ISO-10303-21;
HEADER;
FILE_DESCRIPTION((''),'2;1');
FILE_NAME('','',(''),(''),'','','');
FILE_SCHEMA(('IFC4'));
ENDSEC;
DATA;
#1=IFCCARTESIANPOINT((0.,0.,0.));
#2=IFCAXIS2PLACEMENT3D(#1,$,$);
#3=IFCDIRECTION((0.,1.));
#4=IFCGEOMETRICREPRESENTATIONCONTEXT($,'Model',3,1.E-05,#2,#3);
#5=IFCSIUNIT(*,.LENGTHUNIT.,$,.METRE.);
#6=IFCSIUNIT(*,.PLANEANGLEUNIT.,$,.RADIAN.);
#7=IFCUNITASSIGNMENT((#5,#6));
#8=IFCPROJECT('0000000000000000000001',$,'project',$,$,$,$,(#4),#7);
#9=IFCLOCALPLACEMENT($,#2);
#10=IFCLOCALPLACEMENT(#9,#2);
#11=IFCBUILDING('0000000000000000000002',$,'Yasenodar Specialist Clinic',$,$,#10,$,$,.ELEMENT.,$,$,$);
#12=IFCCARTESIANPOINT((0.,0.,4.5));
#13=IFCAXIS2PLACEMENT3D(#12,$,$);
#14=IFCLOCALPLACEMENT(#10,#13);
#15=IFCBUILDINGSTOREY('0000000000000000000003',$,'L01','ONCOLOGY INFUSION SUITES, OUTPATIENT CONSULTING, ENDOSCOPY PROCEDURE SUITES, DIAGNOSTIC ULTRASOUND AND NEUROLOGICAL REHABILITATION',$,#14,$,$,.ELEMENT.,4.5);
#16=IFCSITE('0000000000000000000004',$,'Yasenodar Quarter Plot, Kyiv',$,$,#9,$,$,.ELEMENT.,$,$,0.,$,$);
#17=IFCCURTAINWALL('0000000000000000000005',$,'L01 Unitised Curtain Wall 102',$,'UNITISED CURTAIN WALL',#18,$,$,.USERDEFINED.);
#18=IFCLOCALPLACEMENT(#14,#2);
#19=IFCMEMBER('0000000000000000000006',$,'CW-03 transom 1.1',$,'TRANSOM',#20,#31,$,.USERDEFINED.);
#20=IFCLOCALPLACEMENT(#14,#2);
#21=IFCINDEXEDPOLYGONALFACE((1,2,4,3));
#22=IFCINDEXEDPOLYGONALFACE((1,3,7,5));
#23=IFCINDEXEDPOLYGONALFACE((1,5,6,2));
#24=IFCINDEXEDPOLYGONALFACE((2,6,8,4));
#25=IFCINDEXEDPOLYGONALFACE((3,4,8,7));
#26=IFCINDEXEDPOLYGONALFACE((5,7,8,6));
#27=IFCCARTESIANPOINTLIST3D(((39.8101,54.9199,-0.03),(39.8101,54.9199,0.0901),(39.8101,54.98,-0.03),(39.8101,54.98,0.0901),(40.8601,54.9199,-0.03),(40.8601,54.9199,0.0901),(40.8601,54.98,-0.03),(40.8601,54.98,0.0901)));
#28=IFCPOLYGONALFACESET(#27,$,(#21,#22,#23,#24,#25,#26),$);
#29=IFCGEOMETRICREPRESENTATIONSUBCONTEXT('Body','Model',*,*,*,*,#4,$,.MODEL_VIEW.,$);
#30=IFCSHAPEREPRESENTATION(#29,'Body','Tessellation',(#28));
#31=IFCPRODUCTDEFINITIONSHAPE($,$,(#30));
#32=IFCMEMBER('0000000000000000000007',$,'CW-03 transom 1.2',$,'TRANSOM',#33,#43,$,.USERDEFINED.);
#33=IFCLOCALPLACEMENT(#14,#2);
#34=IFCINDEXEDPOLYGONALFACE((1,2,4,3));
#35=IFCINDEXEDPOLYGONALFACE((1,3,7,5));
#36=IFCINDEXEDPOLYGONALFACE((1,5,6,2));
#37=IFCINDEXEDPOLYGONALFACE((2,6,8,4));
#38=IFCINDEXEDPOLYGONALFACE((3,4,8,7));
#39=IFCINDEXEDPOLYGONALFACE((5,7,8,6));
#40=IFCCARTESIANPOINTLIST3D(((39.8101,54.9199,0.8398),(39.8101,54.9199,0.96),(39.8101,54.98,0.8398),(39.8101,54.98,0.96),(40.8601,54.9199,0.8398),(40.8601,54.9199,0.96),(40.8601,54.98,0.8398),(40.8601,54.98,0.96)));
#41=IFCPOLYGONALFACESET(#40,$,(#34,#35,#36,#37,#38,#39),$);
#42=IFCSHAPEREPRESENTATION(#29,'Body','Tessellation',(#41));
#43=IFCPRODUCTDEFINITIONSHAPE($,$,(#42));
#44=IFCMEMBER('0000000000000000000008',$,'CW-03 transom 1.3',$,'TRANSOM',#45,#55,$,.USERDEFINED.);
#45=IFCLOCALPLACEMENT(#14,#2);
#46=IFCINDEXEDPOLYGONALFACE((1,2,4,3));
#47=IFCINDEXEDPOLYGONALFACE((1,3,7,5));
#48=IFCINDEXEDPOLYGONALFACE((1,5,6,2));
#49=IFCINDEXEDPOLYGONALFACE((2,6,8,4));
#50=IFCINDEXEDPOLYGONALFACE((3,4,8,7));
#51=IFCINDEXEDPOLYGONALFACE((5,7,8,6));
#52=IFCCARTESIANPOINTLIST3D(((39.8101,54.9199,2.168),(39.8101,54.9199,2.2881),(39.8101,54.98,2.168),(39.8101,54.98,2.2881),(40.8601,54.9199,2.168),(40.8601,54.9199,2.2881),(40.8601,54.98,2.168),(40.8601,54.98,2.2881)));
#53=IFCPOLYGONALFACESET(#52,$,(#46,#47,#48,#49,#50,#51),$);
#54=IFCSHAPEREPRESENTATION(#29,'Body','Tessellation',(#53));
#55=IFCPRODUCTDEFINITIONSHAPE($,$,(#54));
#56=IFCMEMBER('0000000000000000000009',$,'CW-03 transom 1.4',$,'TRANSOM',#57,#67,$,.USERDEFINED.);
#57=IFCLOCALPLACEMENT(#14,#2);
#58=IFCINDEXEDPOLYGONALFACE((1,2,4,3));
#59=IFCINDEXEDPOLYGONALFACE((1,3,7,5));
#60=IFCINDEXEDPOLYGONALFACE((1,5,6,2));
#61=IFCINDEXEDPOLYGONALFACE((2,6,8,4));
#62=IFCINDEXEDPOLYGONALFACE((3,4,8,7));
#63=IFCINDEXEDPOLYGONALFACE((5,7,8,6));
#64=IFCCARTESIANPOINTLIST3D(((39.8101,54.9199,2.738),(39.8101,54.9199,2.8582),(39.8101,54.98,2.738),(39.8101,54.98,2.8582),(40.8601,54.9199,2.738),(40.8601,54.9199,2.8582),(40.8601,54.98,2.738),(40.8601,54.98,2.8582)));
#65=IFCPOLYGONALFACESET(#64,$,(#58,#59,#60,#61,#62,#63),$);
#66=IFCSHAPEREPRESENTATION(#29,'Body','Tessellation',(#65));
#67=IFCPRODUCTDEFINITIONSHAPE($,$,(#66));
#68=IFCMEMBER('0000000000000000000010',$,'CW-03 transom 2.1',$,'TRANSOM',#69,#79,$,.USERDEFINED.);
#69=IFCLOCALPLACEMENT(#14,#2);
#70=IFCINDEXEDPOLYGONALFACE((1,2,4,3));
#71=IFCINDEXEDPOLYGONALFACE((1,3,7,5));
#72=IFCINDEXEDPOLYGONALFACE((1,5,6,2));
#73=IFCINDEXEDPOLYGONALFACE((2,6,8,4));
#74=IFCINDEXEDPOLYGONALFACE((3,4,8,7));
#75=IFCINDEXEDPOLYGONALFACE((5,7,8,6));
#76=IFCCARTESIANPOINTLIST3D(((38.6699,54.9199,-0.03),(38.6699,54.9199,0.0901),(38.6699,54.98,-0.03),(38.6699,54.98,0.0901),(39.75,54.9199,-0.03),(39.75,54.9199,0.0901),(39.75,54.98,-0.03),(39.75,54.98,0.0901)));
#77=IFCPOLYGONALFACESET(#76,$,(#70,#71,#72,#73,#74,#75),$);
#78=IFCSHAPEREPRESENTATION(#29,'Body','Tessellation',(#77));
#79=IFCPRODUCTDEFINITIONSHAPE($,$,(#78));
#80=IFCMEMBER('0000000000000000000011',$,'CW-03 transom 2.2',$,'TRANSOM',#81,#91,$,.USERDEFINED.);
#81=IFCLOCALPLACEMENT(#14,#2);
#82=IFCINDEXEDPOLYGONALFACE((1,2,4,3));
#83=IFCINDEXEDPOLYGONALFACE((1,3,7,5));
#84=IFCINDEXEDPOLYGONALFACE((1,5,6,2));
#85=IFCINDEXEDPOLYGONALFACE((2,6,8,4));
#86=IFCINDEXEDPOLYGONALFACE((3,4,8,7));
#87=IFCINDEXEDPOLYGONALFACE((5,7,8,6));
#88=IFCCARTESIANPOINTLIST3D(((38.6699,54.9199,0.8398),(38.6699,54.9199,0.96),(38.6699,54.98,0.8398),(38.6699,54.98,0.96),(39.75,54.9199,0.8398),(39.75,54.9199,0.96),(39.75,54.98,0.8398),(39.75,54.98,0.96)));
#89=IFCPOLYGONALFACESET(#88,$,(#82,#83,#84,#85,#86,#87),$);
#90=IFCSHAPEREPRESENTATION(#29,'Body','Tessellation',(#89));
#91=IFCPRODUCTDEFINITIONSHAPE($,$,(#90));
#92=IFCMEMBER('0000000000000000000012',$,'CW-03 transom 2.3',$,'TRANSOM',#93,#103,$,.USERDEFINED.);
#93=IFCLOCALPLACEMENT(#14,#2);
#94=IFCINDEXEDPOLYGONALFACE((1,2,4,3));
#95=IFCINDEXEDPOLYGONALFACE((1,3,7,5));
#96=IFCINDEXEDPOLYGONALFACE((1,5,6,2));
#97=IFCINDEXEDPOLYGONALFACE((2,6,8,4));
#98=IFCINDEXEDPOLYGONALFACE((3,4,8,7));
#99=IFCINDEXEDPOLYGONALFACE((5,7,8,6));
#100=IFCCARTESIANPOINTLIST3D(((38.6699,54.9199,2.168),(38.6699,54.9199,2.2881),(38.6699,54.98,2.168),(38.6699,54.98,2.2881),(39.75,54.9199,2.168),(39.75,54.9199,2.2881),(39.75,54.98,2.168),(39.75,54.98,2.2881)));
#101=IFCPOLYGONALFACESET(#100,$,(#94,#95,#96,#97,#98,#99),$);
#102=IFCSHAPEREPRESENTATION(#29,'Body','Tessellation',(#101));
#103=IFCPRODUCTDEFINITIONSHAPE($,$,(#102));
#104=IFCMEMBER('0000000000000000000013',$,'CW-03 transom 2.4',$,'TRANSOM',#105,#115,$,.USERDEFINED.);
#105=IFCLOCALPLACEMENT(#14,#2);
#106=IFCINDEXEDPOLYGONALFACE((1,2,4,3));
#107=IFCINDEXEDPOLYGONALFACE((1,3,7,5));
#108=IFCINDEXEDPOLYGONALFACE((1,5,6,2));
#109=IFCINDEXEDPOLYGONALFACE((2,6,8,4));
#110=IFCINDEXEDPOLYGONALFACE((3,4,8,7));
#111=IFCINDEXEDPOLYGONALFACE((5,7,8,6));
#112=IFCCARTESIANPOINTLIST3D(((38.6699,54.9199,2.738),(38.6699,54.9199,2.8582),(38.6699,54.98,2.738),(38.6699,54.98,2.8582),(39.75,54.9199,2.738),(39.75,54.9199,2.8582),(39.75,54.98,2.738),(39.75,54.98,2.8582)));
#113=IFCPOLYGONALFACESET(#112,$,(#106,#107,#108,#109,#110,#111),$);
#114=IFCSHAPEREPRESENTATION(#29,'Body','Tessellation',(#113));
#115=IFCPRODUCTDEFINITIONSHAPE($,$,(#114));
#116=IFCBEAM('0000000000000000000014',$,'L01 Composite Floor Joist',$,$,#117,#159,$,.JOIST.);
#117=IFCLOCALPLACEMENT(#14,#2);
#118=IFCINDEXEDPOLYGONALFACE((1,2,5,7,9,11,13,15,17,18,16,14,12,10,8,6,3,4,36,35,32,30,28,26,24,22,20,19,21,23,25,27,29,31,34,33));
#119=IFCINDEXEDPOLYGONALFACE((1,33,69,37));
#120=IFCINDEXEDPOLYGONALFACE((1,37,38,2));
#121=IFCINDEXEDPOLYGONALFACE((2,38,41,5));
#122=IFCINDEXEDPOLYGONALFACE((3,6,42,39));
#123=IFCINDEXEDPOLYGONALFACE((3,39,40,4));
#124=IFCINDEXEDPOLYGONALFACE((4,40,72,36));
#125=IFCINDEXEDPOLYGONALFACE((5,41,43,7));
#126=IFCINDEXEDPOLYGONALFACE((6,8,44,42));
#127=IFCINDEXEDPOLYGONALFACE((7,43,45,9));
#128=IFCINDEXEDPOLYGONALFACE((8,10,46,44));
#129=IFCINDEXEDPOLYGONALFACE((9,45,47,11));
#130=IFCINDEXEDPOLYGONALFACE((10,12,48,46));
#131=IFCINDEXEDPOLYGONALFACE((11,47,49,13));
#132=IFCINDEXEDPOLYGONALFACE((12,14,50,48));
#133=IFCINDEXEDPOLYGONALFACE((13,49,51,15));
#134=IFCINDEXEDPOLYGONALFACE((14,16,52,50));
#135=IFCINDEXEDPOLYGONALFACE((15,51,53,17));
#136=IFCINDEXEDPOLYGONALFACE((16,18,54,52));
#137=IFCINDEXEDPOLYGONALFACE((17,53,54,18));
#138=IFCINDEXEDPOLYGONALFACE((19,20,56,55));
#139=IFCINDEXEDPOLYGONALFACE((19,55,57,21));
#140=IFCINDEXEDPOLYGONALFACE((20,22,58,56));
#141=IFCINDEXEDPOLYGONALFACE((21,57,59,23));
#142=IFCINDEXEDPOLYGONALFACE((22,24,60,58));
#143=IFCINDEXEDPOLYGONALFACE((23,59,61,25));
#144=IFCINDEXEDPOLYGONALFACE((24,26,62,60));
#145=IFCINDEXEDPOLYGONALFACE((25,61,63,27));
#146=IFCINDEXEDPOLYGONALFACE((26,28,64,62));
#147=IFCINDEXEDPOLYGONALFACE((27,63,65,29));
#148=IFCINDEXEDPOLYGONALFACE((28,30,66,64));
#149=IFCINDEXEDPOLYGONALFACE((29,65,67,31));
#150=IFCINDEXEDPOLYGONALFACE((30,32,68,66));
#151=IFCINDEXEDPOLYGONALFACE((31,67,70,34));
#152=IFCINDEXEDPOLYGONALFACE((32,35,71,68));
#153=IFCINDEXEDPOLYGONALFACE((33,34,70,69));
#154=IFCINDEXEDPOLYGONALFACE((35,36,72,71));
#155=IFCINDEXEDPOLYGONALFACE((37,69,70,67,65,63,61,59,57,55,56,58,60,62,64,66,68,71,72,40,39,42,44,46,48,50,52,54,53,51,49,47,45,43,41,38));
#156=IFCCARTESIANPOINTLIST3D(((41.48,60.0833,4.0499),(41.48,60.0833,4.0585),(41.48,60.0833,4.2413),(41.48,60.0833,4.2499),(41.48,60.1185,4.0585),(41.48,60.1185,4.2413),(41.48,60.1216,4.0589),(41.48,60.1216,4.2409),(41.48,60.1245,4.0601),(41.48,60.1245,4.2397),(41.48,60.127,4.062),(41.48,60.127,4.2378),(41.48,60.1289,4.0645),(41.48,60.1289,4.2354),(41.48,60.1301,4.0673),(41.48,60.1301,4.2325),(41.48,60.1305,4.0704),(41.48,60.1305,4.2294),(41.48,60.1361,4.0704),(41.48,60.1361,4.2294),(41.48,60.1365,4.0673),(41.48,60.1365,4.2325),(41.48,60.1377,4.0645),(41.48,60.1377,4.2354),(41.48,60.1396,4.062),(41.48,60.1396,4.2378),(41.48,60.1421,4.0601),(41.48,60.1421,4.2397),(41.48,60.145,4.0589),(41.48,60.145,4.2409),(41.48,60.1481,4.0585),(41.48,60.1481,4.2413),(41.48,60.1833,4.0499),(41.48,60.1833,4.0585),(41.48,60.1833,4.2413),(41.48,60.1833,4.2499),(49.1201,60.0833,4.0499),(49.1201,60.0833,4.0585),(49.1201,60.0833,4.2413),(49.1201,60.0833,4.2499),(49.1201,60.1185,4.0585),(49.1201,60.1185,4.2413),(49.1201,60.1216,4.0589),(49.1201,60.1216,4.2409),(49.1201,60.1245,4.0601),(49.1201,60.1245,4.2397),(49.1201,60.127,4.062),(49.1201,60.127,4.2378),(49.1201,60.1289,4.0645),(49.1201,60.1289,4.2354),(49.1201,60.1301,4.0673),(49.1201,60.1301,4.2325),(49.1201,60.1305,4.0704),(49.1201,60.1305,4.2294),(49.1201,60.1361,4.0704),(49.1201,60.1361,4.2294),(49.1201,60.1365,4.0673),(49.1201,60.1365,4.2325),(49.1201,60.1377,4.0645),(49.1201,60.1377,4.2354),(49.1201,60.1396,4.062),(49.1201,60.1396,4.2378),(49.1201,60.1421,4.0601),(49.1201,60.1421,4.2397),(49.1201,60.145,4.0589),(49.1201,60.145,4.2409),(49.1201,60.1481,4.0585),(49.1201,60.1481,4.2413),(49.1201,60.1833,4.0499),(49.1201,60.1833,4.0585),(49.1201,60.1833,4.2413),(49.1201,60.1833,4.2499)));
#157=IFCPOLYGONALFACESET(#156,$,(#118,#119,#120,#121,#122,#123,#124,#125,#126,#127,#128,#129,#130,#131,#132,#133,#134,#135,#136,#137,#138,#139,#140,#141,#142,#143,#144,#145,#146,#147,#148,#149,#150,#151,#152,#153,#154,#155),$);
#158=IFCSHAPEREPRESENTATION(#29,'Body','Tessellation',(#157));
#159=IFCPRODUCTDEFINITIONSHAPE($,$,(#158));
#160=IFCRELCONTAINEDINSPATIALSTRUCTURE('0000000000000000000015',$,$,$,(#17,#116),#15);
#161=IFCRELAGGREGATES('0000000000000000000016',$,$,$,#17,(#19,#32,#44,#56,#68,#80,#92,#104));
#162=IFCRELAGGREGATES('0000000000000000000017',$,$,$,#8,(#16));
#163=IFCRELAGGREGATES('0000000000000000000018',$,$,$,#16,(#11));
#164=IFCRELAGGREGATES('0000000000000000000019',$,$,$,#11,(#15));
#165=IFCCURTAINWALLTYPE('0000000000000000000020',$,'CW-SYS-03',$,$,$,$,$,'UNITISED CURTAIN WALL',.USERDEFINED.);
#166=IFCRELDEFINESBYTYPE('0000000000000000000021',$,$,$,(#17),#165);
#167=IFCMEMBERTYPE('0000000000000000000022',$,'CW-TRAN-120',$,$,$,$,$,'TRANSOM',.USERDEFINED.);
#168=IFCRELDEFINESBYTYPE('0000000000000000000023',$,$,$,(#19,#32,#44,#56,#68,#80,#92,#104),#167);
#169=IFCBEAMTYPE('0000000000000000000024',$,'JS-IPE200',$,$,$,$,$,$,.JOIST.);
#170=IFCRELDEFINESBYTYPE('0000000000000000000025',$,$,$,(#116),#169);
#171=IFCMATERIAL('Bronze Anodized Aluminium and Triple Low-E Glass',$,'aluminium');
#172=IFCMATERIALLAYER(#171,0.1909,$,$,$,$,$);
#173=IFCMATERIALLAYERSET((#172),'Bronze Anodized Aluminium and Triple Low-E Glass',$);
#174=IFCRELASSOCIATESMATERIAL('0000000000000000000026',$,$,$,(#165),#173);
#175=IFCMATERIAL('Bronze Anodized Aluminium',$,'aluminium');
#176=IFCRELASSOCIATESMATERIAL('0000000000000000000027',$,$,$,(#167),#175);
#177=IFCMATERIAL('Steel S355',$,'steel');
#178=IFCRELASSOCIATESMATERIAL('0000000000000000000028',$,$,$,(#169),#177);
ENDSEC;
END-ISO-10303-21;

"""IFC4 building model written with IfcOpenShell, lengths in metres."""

from ifc_helpers import new_model, si_unit, direction, frame, origin, origin_2d, place, context, subcontext, project, spatial, rectangle, i_section, extrude, material, layer, layer_set, material_profile, profile_set, type_object, element, aggregate, save


model = new_model("IFC4")

# Units and contexts
model_context = context("Model", 3, precision=1e-05, world=origin(), true_north=direction((0.0, 1.0)))
body_context = subcontext(model_context, "Body", "Model", "MODEL_VIEW")
ifc_project = project(units=[si_unit("LENGTHUNIT", "METRE"), si_unit("PLANEANGLEUNIT", "RADIAN")], contexts=[model_context])

# Site, building, storey
site_placement = place(None, origin())
site = spatial("IfcSite", under=ifc_project, at=site_placement, Name="Yasenodar Quarter Plot, Kyiv", CompositionType="ELEMENT", RefElevation=0.0)
building_placement = place(site_placement, origin())
building = spatial("IfcBuilding", under=site, at=building_placement, Name="Yasenodar Specialist Clinic", CompositionType="ELEMENT")
storey_placement = place(building_placement, frame((0.0, 0.0, 4.5)))
storey = spatial("IfcBuildingStorey", under=building, at=storey_placement, Name="L01", Description="ONCOLOGY INFUSION SUITES, OUTPATIENT CONSULTING, ENDOSCOPY PROCEDURE SUITES, DIAGNOSTIC ULTRASOUND AND NEUROLOGICAL REHABILITATION", CompositionType="ELEMENT", Elevation=4.5)

# Shared definitions
ifc_material_1 = material(Name="Steel S355", Category="steel")

# Curtain wall
ifc_material_2 = material(Name="Bronze Anodized Aluminium and Triple Low-E Glass", Category="aluminium")
ifc_layer_1 = layer(ifc_material_2, 0.1909)
ifc_layer_set_1 = layer_set([ifc_layer_1], Name="Bronze Anodized Aluminium and Triple Low-E Glass")
curtain_wall_type = type_object("IfcCurtainWallType", Name="CW-SYS-03", ElementType="UNITISED CURTAIN WALL", PredefinedType="USERDEFINED", material=ifc_layer_set_1)
curtain_wall_1_placement = place(storey_placement, origin())
curtain_wall_1 = element("IfcCurtainWall", 1, at=curtain_wall_1_placement, inside=storey, type_object=curtain_wall_type, Name="L01 Unitised Curtain Wall 102", ObjectType="UNITISED CURTAIN WALL", PredefinedType="USERDEFINED")
ifc_material_3 = material(Name="Bronze Anodized Aluminium", Category="aluminium")

# Members
ifc_material_profile_1 = material_profile(ifc_material_3, rectangle(XDim=0.0601, YDim=0.1201, at=origin_2d()), Name="CW-TRAN 60x120")
ifc_profile_set_1 = profile_set([ifc_material_profile_1], Name="Bronze Anodized Aluminium")
member_type_1 = type_object("IfcMemberType", Name="CW-TRAN-120", ElementType="TRANSOM", PredefinedType="USERDEFINED", material=ifc_profile_set_1)
member_1_placement = place(storey_placement, frame((40.8601, 54.95, 0.03), z_axis=(-1.0, 0.0, 0.0), x_axis=(0.0, -1.0, 0.0)))
member_1 = element("IfcMember", 2, at=member_1_placement, type_object=member_type_1, Name="CW-03 transom 1.1", ObjectType="TRANSOM", PredefinedType="USERDEFINED", context=body_context, shape_type="SweptSolid", body=[
    extrude(rectangle(XDim=0.0601, YDim=0.1201, at=origin_2d()), origin(), (0.0, 0.0, 1.0), 1.05),
])
member_2_placement = place(storey_placement, frame((40.8601, 54.95, 0.8999), z_axis=(-1.0, 0.0, 0.0), x_axis=(0.0, -1.0, 0.0)))
member_2 = element("IfcMember", 3, at=member_2_placement, type_object=member_type_1, Name="CW-03 transom 1.2", ObjectType="TRANSOM", PredefinedType="USERDEFINED", context=body_context, shape_type="SweptSolid", body=[
    extrude(rectangle(XDim=0.0601, YDim=0.1201, at=origin_2d()), origin(), (0.0, 0.0, 1.0), 1.05),
])
member_3_placement = place(storey_placement, frame((40.8601, 54.95, 2.228), z_axis=(-1.0, 0.0, 0.0), x_axis=(0.0, -1.0, 0.0)))
member_3 = element("IfcMember", 4, at=member_3_placement, type_object=member_type_1, Name="CW-03 transom 1.3", ObjectType="TRANSOM", PredefinedType="USERDEFINED", context=body_context, shape_type="SweptSolid", body=[
    extrude(rectangle(XDim=0.0601, YDim=0.1201, at=origin_2d()), origin(), (0.0, 0.0, 1.0), 1.05),
])
member_4_placement = place(storey_placement, frame((40.8601, 54.95, 2.7981), z_axis=(-1.0, 0.0, 0.0), x_axis=(0.0, -1.0, 0.0)))
member_4 = element("IfcMember", 5, at=member_4_placement, type_object=member_type_1, Name="CW-03 transom 1.4", ObjectType="TRANSOM", PredefinedType="USERDEFINED", context=body_context, shape_type="SweptSolid", body=[
    extrude(rectangle(XDim=0.0601, YDim=0.1201, at=origin_2d()), origin(), (0.0, 0.0, 1.0), 1.05),
])
member_5_placement = place(storey_placement, frame((39.75, 54.95, 0.03), z_axis=(-1.0, 0.0, 0.0), x_axis=(0.0, -1.0, 0.0)))
member_5 = element("IfcMember", 6, at=member_5_placement, type_object=member_type_1, Name="CW-03 transom 2.1", ObjectType="TRANSOM", PredefinedType="USERDEFINED", context=body_context, shape_type="SweptSolid", body=[
    extrude(rectangle(XDim=0.0601, YDim=0.1201, at=origin_2d()), origin(), (0.0, 0.0, 1.0), 1.0801),
])
member_6_placement = place(storey_placement, frame((39.75, 54.95, 0.8999), z_axis=(-1.0, 0.0, 0.0), x_axis=(0.0, -1.0, 0.0)))
member_6 = element("IfcMember", 7, at=member_6_placement, type_object=member_type_1, Name="CW-03 transom 2.2", ObjectType="TRANSOM", PredefinedType="USERDEFINED", context=body_context, shape_type="SweptSolid", body=[
    extrude(rectangle(XDim=0.0601, YDim=0.1201, at=origin_2d()), origin(), (0.0, 0.0, 1.0), 1.0801),
])
member_7_placement = place(storey_placement, frame((39.75, 54.95, 2.228), z_axis=(-1.0, 0.0, 0.0), x_axis=(0.0, -1.0, 0.0)))
member_7 = element("IfcMember", 8, at=member_7_placement, type_object=member_type_1, Name="CW-03 transom 2.3", ObjectType="TRANSOM", PredefinedType="USERDEFINED", context=body_context, shape_type="SweptSolid", body=[
    extrude(rectangle(XDim=0.0601, YDim=0.1201, at=origin_2d()), origin(), (0.0, 0.0, 1.0), 1.0801),
])
member_8_placement = place(storey_placement, frame((39.75, 54.95, 2.7981), z_axis=(-1.0, 0.0, 0.0), x_axis=(0.0, -1.0, 0.0)))
member_8 = element("IfcMember", 9, at=member_8_placement, type_object=member_type_1, Name="CW-03 transom 2.4", ObjectType="TRANSOM", PredefinedType="USERDEFINED", context=body_context, shape_type="SweptSolid", body=[
    extrude(rectangle(XDim=0.0601, YDim=0.1201, at=origin_2d()), origin(), (0.0, 0.0, 1.0), 1.0801),
])

# Beam
ifc_material_profile_2 = material_profile(ifc_material_1, i_section(OverallWidth=0.1001, OverallDepth=0.2, WebThickness=0.0056, FlangeThickness=0.0085, FilletRadius=0.012, at=origin_2d()), Name="IPE 200")
ifc_profile_set_2 = profile_set([ifc_material_profile_2], Name="Steel S355")
beam_type_1 = type_object("IfcBeamType", Name="JS-IPE200", PredefinedType="JOIST", material=ifc_profile_set_2)
beam_1_placement = place(storey_placement, frame((41.48, 60.1333, 4.1499), z_axis=(1.0, 0.0, 0.0), x_axis=(0.0, 1.0, 0.0)))
element("IfcBeam", 10, at=beam_1_placement, inside=storey, type_object=beam_type_1, Name="L01 Composite Floor Joist", PredefinedType="JOIST", context=body_context, shape_type="SweptSolid", body=[
    extrude(i_section(OverallWidth=0.1001, OverallDepth=0.2, WebThickness=0.0056, FlangeThickness=0.0085, FilletRadius=0.012, at=origin_2d()), origin(), (0.0, 0.0, 1.0), 7.6401),
])

aggregate(curtain_wall_1, [member_1, member_2, member_3, member_4, member_5, member_6, member_7, member_8])

save(model, "model.ifc")
